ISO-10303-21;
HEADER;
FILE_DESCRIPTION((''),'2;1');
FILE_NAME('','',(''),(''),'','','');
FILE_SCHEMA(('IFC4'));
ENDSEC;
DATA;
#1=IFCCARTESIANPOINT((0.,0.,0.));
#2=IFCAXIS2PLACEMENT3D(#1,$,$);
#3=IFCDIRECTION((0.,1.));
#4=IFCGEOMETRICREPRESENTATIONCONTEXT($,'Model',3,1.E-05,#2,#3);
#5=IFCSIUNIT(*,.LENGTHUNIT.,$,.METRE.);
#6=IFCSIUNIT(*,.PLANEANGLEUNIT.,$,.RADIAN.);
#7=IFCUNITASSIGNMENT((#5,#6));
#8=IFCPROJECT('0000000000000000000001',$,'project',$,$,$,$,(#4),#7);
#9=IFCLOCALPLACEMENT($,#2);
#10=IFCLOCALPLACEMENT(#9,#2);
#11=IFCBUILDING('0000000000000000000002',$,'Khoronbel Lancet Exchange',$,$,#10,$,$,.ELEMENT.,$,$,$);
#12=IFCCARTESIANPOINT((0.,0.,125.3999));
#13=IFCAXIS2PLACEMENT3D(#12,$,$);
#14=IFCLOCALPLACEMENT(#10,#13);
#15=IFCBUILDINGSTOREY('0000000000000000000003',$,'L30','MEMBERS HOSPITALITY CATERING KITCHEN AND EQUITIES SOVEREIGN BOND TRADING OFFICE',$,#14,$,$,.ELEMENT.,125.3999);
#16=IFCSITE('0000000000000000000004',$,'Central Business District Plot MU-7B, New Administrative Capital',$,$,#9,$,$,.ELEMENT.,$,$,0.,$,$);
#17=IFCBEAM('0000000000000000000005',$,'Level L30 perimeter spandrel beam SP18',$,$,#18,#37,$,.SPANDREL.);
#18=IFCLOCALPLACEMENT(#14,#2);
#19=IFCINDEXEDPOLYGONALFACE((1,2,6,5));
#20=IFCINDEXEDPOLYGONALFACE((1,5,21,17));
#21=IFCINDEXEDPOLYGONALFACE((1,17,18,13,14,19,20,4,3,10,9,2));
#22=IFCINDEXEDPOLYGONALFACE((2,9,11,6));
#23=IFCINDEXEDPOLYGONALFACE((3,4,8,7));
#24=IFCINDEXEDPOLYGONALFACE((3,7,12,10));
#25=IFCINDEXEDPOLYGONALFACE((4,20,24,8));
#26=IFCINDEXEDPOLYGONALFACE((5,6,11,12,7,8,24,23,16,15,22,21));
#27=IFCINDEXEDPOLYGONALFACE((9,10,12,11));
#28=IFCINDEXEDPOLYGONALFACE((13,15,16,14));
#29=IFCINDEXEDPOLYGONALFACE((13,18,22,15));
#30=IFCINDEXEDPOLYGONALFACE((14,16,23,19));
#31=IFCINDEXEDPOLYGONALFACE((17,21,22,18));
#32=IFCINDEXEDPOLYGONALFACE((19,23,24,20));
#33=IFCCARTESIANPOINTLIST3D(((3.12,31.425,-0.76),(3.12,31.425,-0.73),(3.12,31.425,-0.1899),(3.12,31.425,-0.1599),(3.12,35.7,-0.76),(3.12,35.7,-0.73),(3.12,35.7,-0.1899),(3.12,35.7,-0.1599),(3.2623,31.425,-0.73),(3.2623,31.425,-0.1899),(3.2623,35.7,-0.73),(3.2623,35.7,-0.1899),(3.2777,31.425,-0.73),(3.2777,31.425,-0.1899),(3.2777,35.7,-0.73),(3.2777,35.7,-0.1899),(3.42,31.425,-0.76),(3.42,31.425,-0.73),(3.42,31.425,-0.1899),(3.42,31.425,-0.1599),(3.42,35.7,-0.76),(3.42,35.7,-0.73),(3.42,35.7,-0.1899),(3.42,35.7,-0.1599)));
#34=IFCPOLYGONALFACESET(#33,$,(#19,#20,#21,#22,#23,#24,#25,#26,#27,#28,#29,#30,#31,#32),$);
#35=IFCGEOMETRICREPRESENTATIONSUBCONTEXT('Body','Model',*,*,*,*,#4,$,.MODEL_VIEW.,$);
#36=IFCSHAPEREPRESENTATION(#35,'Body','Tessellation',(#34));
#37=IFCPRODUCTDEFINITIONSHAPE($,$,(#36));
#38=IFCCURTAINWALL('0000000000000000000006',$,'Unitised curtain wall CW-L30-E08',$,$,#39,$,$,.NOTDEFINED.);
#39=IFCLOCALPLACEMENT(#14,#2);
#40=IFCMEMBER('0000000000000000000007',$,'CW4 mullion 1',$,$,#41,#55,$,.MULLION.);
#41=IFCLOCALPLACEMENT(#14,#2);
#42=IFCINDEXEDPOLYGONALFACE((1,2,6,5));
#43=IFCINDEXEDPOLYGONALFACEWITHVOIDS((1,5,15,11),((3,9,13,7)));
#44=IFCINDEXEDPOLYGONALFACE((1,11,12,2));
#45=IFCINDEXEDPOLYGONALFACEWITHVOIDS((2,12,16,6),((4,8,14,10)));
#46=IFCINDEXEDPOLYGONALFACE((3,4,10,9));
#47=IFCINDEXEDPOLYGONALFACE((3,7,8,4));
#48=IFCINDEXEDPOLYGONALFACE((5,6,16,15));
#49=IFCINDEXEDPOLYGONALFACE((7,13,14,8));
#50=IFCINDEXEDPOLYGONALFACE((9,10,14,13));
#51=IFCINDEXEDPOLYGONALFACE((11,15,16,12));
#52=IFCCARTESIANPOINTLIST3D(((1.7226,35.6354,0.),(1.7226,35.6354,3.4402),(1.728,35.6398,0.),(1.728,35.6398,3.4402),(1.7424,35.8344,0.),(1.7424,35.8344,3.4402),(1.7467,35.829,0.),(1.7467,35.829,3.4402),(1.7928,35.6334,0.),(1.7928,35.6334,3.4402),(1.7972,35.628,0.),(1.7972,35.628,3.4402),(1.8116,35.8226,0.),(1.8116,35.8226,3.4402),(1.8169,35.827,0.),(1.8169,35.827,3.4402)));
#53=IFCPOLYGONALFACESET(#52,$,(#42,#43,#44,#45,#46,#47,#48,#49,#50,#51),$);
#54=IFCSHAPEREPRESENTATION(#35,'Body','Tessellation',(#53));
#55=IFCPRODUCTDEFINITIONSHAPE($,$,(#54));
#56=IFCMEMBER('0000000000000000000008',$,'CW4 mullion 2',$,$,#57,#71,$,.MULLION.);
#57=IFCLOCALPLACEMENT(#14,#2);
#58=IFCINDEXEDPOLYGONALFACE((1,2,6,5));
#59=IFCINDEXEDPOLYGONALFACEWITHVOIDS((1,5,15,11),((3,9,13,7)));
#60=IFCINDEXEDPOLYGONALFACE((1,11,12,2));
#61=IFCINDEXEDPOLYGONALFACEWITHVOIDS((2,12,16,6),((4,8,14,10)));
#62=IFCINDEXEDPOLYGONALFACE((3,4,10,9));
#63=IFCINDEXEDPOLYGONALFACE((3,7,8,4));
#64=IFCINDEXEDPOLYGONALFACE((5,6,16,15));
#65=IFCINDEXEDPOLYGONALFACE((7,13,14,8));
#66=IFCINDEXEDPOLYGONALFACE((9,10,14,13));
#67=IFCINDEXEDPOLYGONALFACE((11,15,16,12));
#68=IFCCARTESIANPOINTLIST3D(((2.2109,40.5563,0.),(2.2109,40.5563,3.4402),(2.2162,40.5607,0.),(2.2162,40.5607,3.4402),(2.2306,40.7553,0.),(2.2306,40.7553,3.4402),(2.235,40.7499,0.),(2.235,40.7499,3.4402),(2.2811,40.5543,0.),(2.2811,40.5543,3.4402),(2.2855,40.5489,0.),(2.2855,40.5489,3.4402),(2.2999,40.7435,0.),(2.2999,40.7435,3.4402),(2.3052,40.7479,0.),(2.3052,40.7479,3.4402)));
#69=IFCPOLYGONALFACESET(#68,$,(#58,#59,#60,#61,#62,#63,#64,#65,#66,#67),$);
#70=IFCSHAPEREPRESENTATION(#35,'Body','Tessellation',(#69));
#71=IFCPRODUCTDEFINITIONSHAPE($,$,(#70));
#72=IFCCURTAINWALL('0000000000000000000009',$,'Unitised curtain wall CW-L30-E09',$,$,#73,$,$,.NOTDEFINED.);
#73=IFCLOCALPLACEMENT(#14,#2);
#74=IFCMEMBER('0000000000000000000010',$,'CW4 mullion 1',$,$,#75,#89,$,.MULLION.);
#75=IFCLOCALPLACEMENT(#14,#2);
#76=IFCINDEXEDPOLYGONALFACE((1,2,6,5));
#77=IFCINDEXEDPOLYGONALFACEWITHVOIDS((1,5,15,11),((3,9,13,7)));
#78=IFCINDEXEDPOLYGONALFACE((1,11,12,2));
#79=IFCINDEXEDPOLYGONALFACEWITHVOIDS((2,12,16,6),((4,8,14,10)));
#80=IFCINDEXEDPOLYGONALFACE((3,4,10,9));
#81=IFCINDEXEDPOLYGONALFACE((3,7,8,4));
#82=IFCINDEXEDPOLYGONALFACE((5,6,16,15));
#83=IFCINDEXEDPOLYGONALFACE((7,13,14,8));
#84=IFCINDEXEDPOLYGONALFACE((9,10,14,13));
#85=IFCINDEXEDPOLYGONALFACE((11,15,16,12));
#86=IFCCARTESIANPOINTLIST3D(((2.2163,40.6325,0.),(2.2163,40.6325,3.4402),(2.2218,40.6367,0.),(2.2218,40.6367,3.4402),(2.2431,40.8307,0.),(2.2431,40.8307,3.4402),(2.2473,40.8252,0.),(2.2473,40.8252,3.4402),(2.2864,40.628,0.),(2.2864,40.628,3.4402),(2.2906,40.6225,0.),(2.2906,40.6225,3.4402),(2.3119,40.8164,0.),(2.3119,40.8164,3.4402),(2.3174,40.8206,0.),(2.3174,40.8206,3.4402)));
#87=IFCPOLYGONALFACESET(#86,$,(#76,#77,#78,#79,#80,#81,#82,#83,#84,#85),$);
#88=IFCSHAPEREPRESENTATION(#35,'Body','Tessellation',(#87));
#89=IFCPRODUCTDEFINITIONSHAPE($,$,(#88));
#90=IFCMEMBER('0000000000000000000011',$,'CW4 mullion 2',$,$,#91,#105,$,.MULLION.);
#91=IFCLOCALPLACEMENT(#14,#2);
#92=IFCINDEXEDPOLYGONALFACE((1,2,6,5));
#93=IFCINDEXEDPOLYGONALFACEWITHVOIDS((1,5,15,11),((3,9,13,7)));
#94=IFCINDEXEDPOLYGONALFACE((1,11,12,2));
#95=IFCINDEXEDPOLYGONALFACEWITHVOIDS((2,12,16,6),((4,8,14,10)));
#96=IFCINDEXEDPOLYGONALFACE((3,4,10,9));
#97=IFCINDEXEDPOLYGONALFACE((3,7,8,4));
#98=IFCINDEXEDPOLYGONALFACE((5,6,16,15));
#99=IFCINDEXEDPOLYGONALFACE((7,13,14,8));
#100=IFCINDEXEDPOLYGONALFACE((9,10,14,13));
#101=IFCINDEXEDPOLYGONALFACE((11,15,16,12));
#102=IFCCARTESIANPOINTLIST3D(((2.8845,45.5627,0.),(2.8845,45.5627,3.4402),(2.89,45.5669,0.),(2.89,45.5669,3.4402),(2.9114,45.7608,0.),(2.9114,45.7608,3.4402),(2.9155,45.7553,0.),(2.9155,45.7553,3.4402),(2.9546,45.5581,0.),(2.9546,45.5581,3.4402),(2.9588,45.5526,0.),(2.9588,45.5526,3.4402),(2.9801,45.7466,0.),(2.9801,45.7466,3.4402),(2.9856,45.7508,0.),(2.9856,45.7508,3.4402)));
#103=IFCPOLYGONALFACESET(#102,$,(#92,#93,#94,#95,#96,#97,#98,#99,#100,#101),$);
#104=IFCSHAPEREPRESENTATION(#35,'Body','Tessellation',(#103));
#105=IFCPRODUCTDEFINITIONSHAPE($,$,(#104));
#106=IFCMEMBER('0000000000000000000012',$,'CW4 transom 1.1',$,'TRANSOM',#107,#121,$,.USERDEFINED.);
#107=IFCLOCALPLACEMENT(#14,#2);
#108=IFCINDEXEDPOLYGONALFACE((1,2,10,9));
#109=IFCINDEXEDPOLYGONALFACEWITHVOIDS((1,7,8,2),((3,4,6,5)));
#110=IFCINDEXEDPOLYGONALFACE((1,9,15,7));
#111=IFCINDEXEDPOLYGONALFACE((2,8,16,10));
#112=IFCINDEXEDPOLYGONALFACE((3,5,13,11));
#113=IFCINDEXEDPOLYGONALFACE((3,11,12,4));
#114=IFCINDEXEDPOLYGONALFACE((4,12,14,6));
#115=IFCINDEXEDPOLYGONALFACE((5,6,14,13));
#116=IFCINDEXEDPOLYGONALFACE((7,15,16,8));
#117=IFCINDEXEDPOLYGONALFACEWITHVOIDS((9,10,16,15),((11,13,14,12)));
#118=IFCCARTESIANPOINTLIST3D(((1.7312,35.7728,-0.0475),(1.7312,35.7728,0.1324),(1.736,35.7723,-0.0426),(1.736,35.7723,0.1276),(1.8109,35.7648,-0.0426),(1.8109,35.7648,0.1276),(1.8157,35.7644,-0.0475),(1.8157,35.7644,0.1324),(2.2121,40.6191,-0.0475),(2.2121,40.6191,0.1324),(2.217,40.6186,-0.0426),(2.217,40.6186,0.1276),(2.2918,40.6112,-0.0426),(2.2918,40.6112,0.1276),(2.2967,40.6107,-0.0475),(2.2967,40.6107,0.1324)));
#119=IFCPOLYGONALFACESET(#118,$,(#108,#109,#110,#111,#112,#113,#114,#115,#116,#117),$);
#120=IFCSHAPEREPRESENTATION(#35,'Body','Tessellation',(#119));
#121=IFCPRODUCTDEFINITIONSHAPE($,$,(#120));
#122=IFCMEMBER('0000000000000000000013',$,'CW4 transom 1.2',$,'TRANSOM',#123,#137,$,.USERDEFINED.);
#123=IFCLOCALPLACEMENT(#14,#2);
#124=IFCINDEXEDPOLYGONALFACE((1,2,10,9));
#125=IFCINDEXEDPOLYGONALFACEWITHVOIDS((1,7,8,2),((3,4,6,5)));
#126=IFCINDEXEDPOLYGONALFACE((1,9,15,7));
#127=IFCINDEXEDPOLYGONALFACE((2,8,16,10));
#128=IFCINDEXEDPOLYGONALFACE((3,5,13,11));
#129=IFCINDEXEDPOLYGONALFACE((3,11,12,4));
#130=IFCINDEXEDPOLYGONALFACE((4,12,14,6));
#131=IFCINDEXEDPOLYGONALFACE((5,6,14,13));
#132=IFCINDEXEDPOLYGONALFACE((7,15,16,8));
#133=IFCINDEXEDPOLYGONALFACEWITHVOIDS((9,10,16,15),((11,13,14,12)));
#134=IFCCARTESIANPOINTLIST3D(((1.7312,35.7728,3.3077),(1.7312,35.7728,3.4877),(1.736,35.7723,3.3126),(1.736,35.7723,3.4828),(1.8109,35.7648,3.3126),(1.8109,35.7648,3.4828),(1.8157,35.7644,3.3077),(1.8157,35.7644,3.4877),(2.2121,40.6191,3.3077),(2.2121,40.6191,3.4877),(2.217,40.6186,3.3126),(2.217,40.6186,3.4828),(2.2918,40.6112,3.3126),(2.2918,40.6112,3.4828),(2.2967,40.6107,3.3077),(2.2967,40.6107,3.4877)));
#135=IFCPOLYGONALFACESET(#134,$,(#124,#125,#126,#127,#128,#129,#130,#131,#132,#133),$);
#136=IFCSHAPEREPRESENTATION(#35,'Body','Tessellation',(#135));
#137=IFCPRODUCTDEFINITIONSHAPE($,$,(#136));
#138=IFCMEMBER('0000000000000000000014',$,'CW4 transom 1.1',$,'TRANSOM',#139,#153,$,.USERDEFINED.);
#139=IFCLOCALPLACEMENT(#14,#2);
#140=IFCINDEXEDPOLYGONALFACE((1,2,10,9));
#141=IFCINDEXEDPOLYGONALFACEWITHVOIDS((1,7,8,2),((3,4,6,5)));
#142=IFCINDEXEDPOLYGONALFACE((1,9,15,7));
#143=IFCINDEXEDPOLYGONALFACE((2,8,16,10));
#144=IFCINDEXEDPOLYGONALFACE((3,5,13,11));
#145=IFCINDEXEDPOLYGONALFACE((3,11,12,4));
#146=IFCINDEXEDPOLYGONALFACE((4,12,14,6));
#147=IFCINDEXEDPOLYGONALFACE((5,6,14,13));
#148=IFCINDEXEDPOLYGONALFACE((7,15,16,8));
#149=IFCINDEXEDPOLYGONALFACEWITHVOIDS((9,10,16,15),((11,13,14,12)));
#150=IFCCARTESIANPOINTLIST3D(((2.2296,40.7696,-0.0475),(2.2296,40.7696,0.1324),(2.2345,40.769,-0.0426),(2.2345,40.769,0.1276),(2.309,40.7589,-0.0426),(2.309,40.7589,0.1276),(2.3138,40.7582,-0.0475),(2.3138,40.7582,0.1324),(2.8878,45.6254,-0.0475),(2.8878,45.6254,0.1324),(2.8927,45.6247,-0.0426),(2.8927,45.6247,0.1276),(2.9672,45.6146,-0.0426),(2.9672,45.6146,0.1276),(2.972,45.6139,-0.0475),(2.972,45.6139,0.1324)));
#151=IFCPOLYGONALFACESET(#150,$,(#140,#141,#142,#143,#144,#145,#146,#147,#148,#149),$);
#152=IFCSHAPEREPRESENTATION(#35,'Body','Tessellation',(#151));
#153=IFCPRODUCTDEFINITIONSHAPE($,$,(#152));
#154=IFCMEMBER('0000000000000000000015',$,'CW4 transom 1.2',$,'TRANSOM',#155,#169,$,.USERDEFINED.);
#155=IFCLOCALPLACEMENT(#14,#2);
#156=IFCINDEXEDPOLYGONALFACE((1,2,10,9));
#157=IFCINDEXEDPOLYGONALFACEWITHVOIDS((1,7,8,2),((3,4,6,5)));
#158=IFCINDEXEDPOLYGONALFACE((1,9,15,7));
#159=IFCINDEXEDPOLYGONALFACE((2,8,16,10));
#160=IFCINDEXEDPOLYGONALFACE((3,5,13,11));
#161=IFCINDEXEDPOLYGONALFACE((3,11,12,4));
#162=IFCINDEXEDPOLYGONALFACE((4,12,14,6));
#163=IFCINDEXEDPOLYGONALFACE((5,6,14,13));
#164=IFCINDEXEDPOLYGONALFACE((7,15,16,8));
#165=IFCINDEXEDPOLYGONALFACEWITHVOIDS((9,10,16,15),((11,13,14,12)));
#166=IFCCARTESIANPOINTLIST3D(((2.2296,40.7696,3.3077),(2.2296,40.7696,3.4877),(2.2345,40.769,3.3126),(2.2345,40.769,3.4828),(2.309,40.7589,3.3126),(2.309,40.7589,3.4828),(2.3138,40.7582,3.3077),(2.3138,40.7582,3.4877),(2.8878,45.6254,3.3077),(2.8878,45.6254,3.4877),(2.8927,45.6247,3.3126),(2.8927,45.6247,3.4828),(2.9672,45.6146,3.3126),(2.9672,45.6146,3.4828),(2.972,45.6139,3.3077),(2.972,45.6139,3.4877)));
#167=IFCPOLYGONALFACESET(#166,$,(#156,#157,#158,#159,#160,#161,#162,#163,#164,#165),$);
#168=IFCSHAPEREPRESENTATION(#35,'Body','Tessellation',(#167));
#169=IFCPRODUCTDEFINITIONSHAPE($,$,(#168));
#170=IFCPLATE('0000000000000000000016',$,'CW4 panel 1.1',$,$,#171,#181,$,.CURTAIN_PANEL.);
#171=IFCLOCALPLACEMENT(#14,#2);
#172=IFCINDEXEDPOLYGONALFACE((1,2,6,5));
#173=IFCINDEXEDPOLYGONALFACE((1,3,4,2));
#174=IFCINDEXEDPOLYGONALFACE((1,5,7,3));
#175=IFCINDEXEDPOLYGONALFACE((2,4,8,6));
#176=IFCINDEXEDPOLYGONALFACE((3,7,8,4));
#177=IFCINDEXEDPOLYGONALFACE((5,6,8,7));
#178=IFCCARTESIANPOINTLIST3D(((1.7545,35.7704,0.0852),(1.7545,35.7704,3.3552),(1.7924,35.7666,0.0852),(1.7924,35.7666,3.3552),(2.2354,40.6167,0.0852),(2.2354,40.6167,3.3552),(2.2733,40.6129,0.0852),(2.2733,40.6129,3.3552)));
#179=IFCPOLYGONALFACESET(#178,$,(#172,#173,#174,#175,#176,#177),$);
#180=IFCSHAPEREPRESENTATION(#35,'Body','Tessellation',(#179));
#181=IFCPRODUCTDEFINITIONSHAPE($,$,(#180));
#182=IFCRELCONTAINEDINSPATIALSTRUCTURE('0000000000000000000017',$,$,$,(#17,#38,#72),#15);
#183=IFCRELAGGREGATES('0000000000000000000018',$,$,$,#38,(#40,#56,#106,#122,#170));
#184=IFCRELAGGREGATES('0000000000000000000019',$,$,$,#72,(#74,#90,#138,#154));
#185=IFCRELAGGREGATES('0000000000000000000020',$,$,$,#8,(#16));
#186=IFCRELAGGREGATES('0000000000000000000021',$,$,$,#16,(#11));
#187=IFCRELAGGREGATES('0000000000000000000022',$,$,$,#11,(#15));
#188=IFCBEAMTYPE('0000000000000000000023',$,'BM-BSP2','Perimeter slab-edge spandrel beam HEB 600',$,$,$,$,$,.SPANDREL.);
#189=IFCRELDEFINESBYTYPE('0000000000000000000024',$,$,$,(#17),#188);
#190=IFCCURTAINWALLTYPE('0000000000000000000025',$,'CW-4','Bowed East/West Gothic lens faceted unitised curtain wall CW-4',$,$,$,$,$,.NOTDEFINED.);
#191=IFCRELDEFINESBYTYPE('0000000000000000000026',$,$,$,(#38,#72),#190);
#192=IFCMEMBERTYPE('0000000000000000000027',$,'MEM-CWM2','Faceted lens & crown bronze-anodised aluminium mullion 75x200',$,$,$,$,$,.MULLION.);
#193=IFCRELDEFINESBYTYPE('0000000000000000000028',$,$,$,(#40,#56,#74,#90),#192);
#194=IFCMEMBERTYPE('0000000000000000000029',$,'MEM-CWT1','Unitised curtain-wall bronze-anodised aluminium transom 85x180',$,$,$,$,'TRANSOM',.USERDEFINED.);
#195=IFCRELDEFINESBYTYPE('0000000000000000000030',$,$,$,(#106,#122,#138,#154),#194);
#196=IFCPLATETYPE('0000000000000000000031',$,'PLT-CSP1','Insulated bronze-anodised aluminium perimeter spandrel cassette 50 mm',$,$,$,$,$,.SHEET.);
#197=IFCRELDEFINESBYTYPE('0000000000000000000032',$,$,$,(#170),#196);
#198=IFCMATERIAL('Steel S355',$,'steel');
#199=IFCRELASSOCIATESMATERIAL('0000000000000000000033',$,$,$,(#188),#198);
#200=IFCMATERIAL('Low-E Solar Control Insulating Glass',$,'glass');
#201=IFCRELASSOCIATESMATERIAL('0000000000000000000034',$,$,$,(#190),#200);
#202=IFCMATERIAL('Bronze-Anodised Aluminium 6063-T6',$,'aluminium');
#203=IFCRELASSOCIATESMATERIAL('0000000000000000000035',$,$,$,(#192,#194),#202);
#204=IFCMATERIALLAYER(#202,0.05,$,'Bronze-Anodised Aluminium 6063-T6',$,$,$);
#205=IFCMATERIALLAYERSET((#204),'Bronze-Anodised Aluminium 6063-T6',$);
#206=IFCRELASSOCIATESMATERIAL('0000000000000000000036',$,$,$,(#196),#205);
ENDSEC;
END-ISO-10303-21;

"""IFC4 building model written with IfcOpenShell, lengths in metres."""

from ifc_helpers import new_model, si_unit, direction, frame, origin, origin_2d, place, context, subcontext, project, spatial, rectangle, hollow_rectangle, i_section, extrude, material, layer, layer_set, material_profile, profile_set, type_object, element, aggregate, save


model = new_model("IFC4")

# Units and contexts
model_context = context("Model", 3, precision=1e-05, world=origin(), true_north=direction((0.0, 1.0)))
body_context = subcontext(model_context, "Body", "Model", "MODEL_VIEW")
ifc_project = project(units=[si_unit("LENGTHUNIT", "METRE"), si_unit("PLANEANGLEUNIT", "RADIAN")], contexts=[model_context])

# Site, building, storey
site_placement = place(None, origin())
site = spatial("IfcSite", under=ifc_project, at=site_placement, Name="Central Business District Plot MU-7B, New Administrative Capital", CompositionType="ELEMENT", RefElevation=0.0)
building_placement = place(site_placement, origin())
building = spatial("IfcBuilding", under=site, at=building_placement, Name="Khoronbel Lancet Exchange", CompositionType="ELEMENT")
storey_placement = place(building_placement, frame((0.0, 0.0, 125.3999)))
storey = spatial("IfcBuildingStorey", under=building, at=storey_placement, Name="L30", Description="MEMBERS HOSPITALITY CATERING KITCHEN AND EQUITIES SOVEREIGN BOND TRADING OFFICE", CompositionType="ELEMENT", Elevation=125.3999)

# Shared definitions
ifc_material_1 = material(Name="Steel S355", Category="steel")

# Beam
ifc_material_profile_1 = material_profile(ifc_material_1, i_section(OverallWidth=0.3, OverallDepth=0.6001, WebThickness=0.0154, FlangeThickness=0.03, at=origin_2d()), Name="HEB 600")
ifc_profile_set_1 = profile_set([ifc_material_profile_1], Name="Steel S355")
beam_type_1 = type_object("IfcBeamType", Name="BM-BSP2", Description="Perimeter slab-edge spandrel beam HEB 600", PredefinedType="SPANDREL", material=ifc_profile_set_1)
beam_1_placement = place(storey_placement, frame((3.27, 35.7, -0.46), z_axis=(0.0, -1.0, 0.0), x_axis=(1.0, 0.0, 0.0)))
element("IfcBeam", 1, at=beam_1_placement, inside=storey, type_object=beam_type_1, Name="Level L30 perimeter spandrel beam SP18", PredefinedType="SPANDREL", context=body_context, shape_type="SweptSolid", body=[
    extrude(i_section(OverallWidth=0.3, OverallDepth=0.6001, WebThickness=0.0154, FlangeThickness=0.03, at=origin_2d()), origin(), (0.0, 0.0, 1.0), 4.2749),
])

# Curtain walls, members
ifc_material_2 = material(Name="Low-E Solar Control Insulating Glass", Category="glass")
curtain_wall_type = type_object("IfcCurtainWallType", Name="CW-4", Description="Bowed East/West Gothic lens faceted unitised curtain wall CW-4", PredefinedType="NOTDEFINED", material=ifc_material_2)
curtain_wall_1_placement = place(storey_placement, origin())
curtain_wall_1 = element("IfcCurtainWall", 2, at=curtain_wall_1_placement, inside=storey, type_object=curtain_wall_type, Name="Unitised curtain wall CW-L30-E08", PredefinedType="NOTDEFINED")
ifc_material_3 = material(Name="Bronze-Anodised Aluminium 6063-T6", Category="aluminium")
ifc_material_profile_2 = material_profile(ifc_material_3, hollow_rectangle(XDim=0.075, YDim=0.2, WallThickness=0.0049, at=origin_2d()), Name="ALU MULLION 75x200")
ifc_profile_set_2 = profile_set([ifc_material_profile_2], Name="Bronze-Anodised Aluminium 6063-T6")
member_type_1 = type_object("IfcMemberType", Name="MEM-CWM2", Description="Faceted lens & crown bronze-anodised aluminium mullion 75x200", PredefinedType="MULLION", material=ifc_profile_set_2)
member_1_placement = place(storey_placement, frame((1.7698, 35.7312, 0.0), z_axis=(0.0, 0.0, 1.0), x_axis=(-0.995113, 0.098742, 0.0)))
member_1 = element("IfcMember", 3, at=member_1_placement, type_object=member_type_1, Name="CW4 mullion 1", PredefinedType="MULLION", context=body_context, shape_type="SweptSolid", body=[
    extrude(hollow_rectangle(XDim=0.075, YDim=0.2, WallThickness=0.0049, at=origin_2d()), origin(), (0.0, 0.0, 1.0), 3.4402),
])
member_2_placement = place(storey_placement, frame((2.2581, 40.6521, 0.0), z_axis=(0.0, 0.0, 1.0), x_axis=(-0.995113, 0.098742, 0.0)))
member_2 = element("IfcMember", 4, at=member_2_placement, type_object=member_type_1, Name="CW4 mullion 2", PredefinedType="MULLION", context=body_context, shape_type="SweptSolid", body=[
    extrude(hollow_rectangle(XDim=0.075, YDim=0.2, WallThickness=0.0049, at=origin_2d()), origin(), (0.0, 0.0, 1.0), 3.4402),
])
curtain_wall_2_placement = place(storey_placement, origin())
curtain_wall_2 = element("IfcCurtainWall", 5, at=curtain_wall_2_placement, inside=storey, type_object=curtain_wall_type, Name="Unitised curtain wall CW-L30-E09", PredefinedType="NOTDEFINED")
member_3_placement = place(storey_placement, frame((2.2668, 40.7266, 0.0), z_axis=(0.0, 0.0, 1.0), x_axis=(-0.990939, 0.134313, 0.0)))
member_3 = element("IfcMember", 6, at=member_3_placement, type_object=member_type_1, Name="CW4 mullion 1", PredefinedType="MULLION", context=body_context, shape_type="SweptSolid", body=[
    extrude(hollow_rectangle(XDim=0.075, YDim=0.2, WallThickness=0.0049, at=origin_2d()), origin(), (0.0, 0.0, 1.0), 3.4402),
])
member_4_placement = place(storey_placement, frame((2.9351, 45.6567, 0.0), z_axis=(0.0, 0.0, 1.0), x_axis=(-0.990939, 0.134313, 0.0)))
member_4 = element("IfcMember", 7, at=member_4_placement, type_object=member_type_1, Name="CW4 mullion 2", PredefinedType="MULLION", context=body_context, shape_type="SweptSolid", body=[
    extrude(hollow_rectangle(XDim=0.075, YDim=0.2, WallThickness=0.0049, at=origin_2d()), origin(), (0.0, 0.0, 1.0), 3.4402),
])

# Members
ifc_material_profile_3 = material_profile(ifc_material_3, hollow_rectangle(XDim=0.085, YDim=0.1799, WallThickness=0.0049, at=origin_2d()), Name="ALU TRANSOM 85x180")
ifc_profile_set_3 = profile_set([ifc_material_profile_3], Name="Bronze-Anodised Aluminium 6063-T6")
member_type_2 = type_object("IfcMemberType", Name="MEM-CWT1", Description="Unitised curtain-wall bronze-anodised aluminium transom 85x180", ElementType="TRANSOM", PredefinedType="USERDEFINED", material=ifc_profile_set_3)
member_5_placement = place(storey_placement, frame((1.7734, 35.7686, 0.0425), z_axis=(0.098759, 0.995111, 0.0), x_axis=(-0.995111, 0.098759, 0.0)))
member_5 = element("IfcMember", 8, at=member_5_placement, type_object=member_type_2, Name="CW4 transom 1.1", ObjectType="TRANSOM", PredefinedType="USERDEFINED", context=body_context, shape_type="SweptSolid", body=[
    extrude(hollow_rectangle(XDim=0.085, YDim=0.1799, WallThickness=0.0049, at=origin_2d()), origin(), (0.0, 0.0, 1.0), 4.8701),
])
member_6_placement = place(storey_placement, frame((1.7734, 35.7686, 3.3977), z_axis=(0.098759, 0.995111, 0.0), x_axis=(-0.995111, 0.098759, 0.0)))
member_6 = element("IfcMember", 9, at=member_6_placement, type_object=member_type_2, Name="CW4 transom 1.2", ObjectType="TRANSOM", PredefinedType="USERDEFINED", context=body_context, shape_type="SweptSolid", body=[
    extrude(hollow_rectangle(XDim=0.085, YDim=0.1799, WallThickness=0.0049, at=origin_2d()), origin(), (0.0, 0.0, 1.0), 4.8701),
])
member_7_placement = place(storey_placement, frame((2.2717, 40.7639, 0.0425), z_axis=(0.134324, 0.990937, 0.0), x_axis=(-0.990937, 0.134324, 0.0)))
member_7 = element("IfcMember", 10, at=member_7_placement, type_object=member_type_2, Name="CW4 transom 1.1", ObjectType="TRANSOM", PredefinedType="USERDEFINED", context=body_context, shape_type="SweptSolid", body=[
    extrude(hollow_rectangle(XDim=0.085, YDim=0.1799, WallThickness=0.0049, at=origin_2d()), origin(), (0.0, 0.0, 1.0), 4.9001),
])
member_8_placement = place(storey_placement, frame((2.2717, 40.7639, 3.3977), z_axis=(0.134324, 0.990937, 0.0), x_axis=(-0.990937, 0.134324, 0.0)))
member_8 = element("IfcMember", 11, at=member_8_placement, type_object=member_type_2, Name="CW4 transom 1.2", ObjectType="TRANSOM", PredefinedType="USERDEFINED", context=body_context, shape_type="SweptSolid", body=[
    extrude(hollow_rectangle(XDim=0.085, YDim=0.1799, WallThickness=0.0049, at=origin_2d()), origin(), (0.0, 0.0, 1.0), 4.9001),
])

# Plate
ifc_layer_1 = layer(ifc_material_3, 0.05, Name="Bronze-Anodised Aluminium 6063-T6")
ifc_layer_set_1 = layer_set([ifc_layer_1], Name="Bronze-Anodised Aluminium 6063-T6")
plate_type_1 = type_object("IfcPlateType", Name="PLT-CSP1", Description="Insulated bronze-anodised aluminium perimeter spandrel cassette 50 mm", PredefinedType="SHEET", material=ifc_layer_set_1)
plate_1_placement = place(storey_placement, frame((2.0139, 38.1917, 0.0852), z_axis=(0.0, 0.0, 1.0), x_axis=(0.098742, 0.995113, 0.0)))
plate_1 = element("IfcPlate", 12, at=plate_1_placement, type_object=plate_type_1, Name="CW4 panel 1.1", PredefinedType="CURTAIN_PANEL", context=body_context, shape_type="SweptSolid", body=[
    extrude(rectangle(XDim=4.8701, YDim=0.0381, at=origin_2d()), origin(), (0.0, 0.0, 1.0), 3.27),
])
aggregate(curtain_wall_1, [member_1, member_2, member_5, member_6, plate_1])
aggregate(curtain_wall_2, [member_3, member_4, member_7, member_8])

save(model, "model.ifc")
